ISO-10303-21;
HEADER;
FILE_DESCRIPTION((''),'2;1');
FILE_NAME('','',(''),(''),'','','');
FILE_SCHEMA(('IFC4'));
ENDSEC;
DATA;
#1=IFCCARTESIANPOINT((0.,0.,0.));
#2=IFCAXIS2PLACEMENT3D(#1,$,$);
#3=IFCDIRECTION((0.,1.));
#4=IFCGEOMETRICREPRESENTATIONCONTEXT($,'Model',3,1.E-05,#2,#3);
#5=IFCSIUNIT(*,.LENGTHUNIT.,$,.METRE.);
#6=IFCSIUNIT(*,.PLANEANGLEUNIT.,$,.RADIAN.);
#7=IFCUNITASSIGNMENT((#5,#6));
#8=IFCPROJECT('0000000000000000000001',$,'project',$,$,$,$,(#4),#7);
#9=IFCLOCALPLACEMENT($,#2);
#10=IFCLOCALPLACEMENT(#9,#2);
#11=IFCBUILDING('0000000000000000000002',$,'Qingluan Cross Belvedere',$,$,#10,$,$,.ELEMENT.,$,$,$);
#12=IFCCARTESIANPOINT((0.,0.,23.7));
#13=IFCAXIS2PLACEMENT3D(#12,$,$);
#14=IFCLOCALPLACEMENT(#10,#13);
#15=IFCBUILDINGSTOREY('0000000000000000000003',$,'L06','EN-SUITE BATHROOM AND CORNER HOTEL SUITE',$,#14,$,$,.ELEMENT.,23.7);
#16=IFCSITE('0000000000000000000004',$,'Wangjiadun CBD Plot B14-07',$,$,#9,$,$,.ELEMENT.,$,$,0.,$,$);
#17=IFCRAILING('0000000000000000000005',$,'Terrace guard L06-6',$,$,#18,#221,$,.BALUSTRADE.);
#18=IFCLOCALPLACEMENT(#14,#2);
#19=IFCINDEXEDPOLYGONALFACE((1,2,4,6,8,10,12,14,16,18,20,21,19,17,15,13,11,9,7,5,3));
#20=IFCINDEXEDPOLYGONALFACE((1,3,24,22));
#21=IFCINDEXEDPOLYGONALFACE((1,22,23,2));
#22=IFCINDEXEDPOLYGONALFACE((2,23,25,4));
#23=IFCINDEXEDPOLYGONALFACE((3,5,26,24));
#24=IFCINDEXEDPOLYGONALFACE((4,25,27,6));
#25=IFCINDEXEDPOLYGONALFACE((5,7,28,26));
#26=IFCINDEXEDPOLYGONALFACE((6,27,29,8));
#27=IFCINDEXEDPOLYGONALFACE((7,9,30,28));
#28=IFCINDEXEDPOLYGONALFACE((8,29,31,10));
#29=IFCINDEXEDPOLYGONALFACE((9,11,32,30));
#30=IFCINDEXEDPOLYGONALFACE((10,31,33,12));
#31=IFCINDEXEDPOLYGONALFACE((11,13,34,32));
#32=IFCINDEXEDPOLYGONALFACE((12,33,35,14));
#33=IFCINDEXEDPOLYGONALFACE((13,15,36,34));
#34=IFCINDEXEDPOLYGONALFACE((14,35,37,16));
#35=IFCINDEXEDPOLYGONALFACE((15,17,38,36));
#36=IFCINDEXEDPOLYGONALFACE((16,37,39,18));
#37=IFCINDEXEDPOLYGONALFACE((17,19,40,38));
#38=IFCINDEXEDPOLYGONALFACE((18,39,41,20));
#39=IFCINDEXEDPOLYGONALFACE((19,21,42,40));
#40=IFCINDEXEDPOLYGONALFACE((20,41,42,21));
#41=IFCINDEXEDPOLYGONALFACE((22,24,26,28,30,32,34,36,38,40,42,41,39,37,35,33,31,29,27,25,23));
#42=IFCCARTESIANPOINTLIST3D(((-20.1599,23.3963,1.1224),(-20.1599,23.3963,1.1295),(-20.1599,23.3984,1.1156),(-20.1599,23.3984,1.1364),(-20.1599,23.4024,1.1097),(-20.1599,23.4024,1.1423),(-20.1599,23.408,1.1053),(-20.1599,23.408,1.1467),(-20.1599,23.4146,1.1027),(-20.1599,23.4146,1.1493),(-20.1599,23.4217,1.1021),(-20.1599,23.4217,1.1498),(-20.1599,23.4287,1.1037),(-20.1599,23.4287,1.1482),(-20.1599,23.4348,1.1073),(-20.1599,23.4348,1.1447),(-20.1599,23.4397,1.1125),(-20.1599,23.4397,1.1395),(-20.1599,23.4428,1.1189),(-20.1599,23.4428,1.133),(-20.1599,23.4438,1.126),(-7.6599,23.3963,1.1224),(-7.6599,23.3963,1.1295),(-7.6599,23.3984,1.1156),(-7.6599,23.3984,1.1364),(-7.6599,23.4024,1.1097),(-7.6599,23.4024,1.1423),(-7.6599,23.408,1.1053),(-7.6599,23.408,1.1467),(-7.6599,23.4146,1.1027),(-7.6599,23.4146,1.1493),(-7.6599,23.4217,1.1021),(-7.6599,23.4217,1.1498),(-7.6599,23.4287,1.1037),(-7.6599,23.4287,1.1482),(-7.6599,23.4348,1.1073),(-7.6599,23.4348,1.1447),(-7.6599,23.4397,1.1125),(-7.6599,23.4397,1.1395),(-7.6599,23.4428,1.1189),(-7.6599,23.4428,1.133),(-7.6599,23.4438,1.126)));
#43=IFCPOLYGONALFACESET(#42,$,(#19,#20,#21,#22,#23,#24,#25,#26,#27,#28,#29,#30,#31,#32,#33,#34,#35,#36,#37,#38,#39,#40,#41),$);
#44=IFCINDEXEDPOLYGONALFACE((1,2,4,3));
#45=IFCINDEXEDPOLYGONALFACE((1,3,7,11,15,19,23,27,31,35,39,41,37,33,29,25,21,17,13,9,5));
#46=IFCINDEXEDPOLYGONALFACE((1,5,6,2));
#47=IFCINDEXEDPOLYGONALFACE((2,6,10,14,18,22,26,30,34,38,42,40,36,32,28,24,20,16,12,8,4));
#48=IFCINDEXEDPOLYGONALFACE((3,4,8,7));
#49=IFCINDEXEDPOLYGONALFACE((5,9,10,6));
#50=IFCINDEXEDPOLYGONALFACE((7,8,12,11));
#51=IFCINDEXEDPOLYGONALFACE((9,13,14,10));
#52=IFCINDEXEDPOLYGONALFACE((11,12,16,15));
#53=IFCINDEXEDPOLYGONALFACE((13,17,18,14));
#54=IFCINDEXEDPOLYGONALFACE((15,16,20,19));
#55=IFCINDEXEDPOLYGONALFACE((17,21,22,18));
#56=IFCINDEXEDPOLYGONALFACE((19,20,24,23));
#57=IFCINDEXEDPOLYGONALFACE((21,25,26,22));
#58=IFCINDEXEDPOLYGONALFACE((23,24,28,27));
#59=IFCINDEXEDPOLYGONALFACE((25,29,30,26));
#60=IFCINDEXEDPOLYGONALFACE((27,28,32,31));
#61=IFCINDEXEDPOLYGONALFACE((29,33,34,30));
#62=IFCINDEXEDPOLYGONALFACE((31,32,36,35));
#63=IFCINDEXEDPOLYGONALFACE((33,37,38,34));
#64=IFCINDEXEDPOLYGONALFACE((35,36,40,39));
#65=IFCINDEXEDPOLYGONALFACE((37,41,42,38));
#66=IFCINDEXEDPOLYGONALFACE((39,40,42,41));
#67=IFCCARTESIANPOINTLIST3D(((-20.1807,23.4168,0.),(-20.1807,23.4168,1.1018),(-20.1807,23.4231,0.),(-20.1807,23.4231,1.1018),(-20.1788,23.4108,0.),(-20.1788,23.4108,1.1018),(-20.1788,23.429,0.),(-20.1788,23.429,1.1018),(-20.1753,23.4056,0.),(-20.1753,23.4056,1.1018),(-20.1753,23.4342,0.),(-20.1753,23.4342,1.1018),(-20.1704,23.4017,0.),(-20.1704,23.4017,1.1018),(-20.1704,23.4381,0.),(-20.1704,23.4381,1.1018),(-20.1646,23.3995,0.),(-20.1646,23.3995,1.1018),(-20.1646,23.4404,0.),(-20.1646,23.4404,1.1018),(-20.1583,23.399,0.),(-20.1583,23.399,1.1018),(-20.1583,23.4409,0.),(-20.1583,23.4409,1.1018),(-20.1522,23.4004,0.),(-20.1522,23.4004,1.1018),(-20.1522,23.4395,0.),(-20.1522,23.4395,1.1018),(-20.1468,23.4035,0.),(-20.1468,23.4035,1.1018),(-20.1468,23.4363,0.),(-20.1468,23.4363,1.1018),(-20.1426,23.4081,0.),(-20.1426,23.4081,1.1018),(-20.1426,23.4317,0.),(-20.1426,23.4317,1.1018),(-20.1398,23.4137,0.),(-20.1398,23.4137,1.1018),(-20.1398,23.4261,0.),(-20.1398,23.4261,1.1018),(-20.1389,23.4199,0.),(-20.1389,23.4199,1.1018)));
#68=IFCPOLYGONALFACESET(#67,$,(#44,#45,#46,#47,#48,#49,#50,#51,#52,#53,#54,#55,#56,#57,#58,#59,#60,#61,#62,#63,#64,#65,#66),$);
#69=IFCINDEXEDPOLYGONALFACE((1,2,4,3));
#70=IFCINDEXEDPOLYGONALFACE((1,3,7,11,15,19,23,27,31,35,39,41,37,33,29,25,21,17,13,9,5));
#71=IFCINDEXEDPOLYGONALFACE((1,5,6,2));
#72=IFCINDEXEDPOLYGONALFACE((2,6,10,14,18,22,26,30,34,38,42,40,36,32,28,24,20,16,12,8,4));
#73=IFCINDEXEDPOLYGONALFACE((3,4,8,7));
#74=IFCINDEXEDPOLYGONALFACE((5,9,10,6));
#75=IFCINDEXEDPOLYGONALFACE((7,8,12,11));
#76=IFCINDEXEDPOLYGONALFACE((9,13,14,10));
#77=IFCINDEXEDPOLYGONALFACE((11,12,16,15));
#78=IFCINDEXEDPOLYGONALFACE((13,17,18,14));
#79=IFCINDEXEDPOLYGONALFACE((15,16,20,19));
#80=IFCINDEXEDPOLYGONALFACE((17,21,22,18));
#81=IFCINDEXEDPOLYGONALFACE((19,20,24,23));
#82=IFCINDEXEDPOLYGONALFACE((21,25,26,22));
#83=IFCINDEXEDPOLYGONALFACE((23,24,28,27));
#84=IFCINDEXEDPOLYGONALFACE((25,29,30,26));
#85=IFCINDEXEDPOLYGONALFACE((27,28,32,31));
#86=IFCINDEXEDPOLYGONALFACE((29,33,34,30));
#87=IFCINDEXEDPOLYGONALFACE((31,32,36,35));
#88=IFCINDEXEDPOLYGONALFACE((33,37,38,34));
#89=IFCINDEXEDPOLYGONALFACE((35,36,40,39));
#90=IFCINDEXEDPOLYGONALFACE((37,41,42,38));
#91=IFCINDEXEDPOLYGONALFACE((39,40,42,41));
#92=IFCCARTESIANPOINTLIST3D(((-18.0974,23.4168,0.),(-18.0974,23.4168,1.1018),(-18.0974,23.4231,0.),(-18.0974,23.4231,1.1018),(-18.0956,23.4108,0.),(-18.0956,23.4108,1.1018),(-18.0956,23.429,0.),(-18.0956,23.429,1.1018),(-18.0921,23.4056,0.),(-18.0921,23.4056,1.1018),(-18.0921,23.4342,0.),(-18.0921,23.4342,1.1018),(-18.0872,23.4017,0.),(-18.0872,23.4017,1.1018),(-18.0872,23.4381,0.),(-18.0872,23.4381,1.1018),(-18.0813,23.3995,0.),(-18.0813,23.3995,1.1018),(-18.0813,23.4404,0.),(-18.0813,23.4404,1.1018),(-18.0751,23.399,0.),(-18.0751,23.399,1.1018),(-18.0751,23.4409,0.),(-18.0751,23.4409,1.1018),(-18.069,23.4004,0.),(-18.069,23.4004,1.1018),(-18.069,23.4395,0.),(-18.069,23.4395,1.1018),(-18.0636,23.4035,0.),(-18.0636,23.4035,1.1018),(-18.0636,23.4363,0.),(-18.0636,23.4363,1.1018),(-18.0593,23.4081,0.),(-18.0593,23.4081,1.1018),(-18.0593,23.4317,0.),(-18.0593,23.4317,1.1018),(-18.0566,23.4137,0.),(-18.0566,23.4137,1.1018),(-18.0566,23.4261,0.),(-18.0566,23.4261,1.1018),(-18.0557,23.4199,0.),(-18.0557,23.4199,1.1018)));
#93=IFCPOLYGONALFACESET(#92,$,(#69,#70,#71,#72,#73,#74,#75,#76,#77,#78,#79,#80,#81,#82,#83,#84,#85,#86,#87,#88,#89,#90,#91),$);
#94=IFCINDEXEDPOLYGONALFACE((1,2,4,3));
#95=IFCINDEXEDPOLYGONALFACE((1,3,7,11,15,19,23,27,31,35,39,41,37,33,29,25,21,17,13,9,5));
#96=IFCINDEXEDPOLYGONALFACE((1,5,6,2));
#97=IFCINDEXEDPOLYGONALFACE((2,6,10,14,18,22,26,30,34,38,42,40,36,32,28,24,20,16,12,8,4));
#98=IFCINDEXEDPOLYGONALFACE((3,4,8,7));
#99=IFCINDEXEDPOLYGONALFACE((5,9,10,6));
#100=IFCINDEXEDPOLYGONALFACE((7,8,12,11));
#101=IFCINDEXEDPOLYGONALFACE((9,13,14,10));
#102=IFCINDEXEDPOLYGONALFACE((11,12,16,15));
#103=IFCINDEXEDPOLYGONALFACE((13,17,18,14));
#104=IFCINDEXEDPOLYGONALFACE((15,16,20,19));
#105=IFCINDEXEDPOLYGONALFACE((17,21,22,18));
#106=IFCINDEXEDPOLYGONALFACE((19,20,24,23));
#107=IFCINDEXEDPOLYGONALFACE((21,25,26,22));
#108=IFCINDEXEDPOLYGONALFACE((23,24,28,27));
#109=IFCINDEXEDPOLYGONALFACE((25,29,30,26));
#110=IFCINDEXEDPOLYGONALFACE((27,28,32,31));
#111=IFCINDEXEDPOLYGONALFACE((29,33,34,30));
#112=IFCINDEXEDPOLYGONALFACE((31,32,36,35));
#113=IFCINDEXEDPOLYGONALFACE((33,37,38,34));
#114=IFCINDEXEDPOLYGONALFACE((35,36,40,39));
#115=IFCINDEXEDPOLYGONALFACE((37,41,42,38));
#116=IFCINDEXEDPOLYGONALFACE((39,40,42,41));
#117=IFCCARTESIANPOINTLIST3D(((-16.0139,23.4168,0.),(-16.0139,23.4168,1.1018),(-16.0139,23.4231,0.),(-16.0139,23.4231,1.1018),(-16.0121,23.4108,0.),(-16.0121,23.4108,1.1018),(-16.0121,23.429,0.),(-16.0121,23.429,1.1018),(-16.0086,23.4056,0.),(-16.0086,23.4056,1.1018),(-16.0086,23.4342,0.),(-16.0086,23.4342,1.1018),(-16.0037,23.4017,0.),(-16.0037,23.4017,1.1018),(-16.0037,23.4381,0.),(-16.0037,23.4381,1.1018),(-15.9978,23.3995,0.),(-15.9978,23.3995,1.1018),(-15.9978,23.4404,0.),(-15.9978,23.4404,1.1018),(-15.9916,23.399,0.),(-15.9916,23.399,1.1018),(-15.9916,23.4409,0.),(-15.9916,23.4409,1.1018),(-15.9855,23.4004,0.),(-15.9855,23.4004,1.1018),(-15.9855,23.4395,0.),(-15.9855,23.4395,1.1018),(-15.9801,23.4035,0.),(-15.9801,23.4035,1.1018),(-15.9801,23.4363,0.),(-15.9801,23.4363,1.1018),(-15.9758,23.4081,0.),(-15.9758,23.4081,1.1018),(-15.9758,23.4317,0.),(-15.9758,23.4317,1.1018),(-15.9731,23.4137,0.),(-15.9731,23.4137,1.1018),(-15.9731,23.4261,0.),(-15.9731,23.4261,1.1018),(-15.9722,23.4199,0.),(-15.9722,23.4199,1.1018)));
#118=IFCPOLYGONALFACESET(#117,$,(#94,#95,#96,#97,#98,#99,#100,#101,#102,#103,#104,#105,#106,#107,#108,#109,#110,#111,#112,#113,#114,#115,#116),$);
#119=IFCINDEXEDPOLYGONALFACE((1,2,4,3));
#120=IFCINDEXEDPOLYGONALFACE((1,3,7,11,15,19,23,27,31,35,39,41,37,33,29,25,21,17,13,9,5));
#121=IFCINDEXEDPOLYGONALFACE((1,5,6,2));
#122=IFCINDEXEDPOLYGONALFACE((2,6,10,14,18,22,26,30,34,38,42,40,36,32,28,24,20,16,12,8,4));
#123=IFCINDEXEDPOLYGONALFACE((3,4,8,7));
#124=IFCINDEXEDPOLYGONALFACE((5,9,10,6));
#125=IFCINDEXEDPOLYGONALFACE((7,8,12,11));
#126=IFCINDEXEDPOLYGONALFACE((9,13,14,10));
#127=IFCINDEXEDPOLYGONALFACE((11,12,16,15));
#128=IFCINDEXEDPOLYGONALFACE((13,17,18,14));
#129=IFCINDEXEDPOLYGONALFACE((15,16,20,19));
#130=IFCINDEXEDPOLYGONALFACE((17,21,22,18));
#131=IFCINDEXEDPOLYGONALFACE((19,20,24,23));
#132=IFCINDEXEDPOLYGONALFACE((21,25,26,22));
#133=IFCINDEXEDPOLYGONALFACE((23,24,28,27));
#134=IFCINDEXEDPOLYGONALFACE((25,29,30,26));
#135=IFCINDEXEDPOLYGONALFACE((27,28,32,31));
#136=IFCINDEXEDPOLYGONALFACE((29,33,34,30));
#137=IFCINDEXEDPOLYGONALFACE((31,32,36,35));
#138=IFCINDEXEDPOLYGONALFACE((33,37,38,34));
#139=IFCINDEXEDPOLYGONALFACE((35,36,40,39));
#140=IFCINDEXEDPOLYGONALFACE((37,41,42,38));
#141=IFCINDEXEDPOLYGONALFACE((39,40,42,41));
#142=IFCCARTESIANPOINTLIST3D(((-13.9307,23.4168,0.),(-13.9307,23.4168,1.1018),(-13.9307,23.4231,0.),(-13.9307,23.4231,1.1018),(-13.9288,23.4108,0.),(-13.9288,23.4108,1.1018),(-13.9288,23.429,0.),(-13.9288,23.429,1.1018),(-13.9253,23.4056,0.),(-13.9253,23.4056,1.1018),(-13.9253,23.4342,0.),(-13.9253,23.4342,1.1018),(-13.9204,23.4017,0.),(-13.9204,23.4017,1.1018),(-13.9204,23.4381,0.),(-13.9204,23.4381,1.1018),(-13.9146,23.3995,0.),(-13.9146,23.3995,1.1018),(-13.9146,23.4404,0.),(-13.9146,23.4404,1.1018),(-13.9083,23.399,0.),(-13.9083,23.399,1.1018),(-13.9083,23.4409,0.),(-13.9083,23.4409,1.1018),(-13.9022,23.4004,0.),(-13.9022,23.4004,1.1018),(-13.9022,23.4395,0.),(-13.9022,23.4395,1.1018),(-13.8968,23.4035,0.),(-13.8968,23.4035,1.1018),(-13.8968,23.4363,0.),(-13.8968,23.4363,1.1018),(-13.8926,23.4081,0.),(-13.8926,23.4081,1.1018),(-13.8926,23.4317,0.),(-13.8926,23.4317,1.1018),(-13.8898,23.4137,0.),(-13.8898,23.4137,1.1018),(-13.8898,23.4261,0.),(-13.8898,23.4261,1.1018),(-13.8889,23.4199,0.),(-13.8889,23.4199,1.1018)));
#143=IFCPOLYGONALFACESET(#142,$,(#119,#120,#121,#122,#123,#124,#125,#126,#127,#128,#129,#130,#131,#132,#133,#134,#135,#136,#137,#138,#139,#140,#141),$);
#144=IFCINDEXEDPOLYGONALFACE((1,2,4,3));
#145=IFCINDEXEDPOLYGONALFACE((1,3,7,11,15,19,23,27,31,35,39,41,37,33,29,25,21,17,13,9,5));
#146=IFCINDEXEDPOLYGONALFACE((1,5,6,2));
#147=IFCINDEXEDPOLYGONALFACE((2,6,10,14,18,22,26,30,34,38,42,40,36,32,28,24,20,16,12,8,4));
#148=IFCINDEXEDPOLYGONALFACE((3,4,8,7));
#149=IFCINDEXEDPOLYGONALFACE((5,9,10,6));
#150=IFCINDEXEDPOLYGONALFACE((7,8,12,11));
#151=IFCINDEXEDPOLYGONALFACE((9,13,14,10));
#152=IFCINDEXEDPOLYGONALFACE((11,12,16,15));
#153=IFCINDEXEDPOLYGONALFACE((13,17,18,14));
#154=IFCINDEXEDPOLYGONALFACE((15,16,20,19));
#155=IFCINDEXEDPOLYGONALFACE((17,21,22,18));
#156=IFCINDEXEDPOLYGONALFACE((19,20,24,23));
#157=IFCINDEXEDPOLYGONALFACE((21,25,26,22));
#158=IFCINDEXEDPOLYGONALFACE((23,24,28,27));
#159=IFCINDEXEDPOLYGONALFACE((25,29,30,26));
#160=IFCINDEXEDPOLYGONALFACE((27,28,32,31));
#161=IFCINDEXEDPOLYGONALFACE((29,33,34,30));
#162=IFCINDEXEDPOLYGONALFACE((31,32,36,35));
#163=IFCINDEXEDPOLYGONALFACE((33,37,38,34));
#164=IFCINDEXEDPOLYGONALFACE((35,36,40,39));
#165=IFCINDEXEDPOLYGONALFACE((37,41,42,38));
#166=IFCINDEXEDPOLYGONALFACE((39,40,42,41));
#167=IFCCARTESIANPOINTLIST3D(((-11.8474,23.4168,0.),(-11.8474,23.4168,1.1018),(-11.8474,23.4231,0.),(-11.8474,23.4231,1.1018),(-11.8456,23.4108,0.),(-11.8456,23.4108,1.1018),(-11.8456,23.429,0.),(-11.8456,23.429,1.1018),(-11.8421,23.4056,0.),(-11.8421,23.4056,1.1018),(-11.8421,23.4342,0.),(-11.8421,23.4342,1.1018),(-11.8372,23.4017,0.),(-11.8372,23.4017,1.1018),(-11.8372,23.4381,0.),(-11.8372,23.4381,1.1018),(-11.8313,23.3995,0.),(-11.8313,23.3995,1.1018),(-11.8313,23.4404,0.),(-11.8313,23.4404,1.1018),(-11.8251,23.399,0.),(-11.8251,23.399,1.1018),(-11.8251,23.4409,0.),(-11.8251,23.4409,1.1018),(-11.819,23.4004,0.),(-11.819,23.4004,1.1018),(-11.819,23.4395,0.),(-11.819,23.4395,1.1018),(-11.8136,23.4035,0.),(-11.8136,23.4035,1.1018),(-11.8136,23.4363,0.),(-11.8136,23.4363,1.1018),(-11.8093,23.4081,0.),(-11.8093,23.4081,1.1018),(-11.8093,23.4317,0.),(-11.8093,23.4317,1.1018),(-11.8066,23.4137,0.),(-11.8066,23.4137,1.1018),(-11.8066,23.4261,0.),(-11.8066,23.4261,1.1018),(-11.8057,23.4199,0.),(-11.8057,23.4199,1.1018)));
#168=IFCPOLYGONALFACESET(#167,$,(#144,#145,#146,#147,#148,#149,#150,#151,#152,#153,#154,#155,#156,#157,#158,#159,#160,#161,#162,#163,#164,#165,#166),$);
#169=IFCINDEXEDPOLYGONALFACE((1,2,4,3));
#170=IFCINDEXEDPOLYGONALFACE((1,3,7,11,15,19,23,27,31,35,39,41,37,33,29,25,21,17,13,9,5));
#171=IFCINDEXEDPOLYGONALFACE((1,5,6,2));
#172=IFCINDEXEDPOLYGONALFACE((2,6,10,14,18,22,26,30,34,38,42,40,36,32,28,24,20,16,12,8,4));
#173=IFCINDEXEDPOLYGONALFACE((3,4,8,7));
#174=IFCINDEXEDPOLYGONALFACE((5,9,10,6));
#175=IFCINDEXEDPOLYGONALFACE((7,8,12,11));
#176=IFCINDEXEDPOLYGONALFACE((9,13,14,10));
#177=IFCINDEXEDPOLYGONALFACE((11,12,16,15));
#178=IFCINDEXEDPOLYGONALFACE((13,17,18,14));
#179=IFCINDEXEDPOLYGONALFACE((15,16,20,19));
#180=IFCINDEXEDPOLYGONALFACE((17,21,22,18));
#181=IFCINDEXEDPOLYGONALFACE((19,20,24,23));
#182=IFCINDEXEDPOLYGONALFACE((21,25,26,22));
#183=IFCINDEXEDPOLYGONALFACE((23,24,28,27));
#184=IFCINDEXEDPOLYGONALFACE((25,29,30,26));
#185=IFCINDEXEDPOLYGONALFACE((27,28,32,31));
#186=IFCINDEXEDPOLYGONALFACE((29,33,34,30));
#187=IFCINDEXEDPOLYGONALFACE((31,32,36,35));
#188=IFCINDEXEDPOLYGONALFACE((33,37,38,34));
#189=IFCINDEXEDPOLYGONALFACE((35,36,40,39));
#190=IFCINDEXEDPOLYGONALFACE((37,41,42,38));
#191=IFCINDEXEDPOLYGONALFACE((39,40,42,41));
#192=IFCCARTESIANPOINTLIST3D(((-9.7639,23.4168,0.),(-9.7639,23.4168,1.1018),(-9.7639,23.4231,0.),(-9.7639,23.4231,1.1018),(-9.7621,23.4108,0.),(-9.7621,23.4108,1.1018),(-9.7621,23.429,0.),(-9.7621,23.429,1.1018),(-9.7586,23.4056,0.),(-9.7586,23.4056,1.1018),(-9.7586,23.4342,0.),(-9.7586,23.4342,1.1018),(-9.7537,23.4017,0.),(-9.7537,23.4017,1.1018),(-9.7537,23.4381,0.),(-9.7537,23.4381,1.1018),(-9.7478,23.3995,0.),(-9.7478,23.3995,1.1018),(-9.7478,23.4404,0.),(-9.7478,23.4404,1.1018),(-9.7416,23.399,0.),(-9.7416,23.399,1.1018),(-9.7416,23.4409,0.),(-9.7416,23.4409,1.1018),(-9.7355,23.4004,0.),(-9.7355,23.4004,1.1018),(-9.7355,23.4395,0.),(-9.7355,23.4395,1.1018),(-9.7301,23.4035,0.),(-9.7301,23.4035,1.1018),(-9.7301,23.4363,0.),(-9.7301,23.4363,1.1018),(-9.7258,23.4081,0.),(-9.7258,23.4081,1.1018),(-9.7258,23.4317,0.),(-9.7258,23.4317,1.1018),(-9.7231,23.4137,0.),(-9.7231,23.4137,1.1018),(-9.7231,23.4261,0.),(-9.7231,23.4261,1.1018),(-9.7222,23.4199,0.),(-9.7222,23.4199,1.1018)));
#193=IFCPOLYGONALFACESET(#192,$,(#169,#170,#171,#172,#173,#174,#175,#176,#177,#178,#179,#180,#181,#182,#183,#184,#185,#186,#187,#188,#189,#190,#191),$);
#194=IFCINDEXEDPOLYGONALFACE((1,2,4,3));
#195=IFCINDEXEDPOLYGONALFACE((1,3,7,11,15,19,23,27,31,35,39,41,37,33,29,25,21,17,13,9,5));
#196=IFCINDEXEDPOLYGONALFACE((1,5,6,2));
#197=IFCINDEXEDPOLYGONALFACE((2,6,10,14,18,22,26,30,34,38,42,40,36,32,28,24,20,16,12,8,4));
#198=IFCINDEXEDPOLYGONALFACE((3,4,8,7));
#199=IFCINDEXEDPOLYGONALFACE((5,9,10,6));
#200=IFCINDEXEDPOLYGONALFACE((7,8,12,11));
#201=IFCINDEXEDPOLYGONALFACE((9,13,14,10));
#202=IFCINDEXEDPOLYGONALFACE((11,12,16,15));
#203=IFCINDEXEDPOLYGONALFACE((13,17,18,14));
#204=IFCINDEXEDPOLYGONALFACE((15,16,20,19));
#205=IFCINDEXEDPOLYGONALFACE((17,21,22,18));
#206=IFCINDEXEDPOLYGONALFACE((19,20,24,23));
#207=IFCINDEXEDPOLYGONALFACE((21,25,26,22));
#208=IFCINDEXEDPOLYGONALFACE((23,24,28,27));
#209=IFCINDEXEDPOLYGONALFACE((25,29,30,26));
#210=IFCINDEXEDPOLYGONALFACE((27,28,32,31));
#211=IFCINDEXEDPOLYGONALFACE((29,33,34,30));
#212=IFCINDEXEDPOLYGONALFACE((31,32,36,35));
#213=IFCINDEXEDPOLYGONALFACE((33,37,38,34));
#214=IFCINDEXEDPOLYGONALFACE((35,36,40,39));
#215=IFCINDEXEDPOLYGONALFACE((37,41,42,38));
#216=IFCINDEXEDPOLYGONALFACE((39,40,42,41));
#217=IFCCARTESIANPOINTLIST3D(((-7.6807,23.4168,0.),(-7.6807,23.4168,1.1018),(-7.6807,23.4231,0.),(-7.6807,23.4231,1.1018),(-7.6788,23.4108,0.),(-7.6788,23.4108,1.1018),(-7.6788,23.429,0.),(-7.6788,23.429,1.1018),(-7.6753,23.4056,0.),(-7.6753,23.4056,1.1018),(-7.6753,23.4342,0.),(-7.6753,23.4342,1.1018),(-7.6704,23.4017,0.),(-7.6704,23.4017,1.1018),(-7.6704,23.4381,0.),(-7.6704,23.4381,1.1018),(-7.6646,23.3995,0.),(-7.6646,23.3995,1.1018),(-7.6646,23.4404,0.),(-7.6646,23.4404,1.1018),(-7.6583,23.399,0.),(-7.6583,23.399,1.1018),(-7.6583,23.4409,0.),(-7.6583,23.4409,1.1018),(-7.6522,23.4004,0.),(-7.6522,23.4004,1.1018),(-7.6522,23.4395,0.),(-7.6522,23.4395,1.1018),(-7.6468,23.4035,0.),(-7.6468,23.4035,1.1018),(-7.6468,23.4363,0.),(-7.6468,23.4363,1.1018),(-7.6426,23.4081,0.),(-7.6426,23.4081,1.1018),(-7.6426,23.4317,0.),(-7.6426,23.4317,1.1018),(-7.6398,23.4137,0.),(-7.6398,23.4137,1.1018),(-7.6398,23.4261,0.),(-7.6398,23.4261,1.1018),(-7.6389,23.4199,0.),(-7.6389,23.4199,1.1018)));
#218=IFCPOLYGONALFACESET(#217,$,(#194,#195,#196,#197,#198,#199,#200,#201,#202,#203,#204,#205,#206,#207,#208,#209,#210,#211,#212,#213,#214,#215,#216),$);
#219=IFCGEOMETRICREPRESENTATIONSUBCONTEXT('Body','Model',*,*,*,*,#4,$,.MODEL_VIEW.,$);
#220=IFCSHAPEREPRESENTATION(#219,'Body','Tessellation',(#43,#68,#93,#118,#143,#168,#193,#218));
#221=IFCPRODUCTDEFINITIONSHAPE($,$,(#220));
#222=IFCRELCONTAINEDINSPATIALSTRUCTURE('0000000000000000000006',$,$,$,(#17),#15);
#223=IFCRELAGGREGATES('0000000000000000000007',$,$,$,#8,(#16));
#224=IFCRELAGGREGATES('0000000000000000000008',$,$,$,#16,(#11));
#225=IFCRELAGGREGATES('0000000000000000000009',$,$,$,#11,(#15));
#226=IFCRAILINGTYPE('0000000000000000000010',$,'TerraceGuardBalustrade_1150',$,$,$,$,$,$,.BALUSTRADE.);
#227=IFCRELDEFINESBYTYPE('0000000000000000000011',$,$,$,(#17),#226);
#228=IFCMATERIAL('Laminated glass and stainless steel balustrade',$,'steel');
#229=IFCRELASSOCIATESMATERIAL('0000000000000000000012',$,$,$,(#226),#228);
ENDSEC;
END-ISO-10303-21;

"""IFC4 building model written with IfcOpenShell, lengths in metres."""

from ifc_helpers import new_model, si_unit, direction, frame, origin, origin_2d, place, context, subcontext, project, spatial, circle, extrude, material, type_object, element, save


model = new_model("IFC4")

# Units and contexts
model_context = context("Model", 3, precision=1e-05, world=origin(), true_north=direction((0.0, 1.0)))
body_context = subcontext(model_context, "Body", "Model", "MODEL_VIEW")
ifc_project = project(units=[si_unit("LENGTHUNIT", "METRE"), si_unit("PLANEANGLEUNIT", "RADIAN")], contexts=[model_context])

# Site, building, storey
site_placement = place(None, origin())
site = spatial("IfcSite", under=ifc_project, at=site_placement, Name="Wangjiadun CBD Plot B14-07", CompositionType="ELEMENT", RefElevation=0.0)
building_placement = place(site_placement, origin())
building = spatial("IfcBuilding", under=site, at=building_placement, Name="Qingluan Cross Belvedere", CompositionType="ELEMENT")
storey_placement = place(building_placement, frame((0.0, 0.0, 23.7)))
storey = spatial("IfcBuildingStorey", under=building, at=storey_placement, Name="L06", Description="EN-SUITE BATHROOM AND CORNER HOTEL SUITE", CompositionType="ELEMENT", Elevation=23.7)

# Railing
ifc_material_1 = material(Name="Laminated glass and stainless steel balustrade", Category="steel")
railing_type = type_object("IfcRailingType", Name="TerraceGuardBalustrade_1150", PredefinedType="BALUSTRADE", material=ifc_material_1)
railing_1_placement = place(storey_placement, frame((-20.1599, 23.4199, 0.0)))
element("IfcRailing", 1, at=railing_1_placement, inside=storey, type_object=railing_type, Name="Terrace guard L06-6", PredefinedType="BALUSTRADE", context=body_context, shape_type="SweptSolid", body=[
    extrude(circle(Radius=0.0239, at=origin_2d()), frame((0.0, 0.0, 1.126), z_axis=(1.0, 0.0, 0.0), x_axis=(0.0, 1.0, 0.0)), (0.0, 0.0, 1.0), 12.5),
    extrude(circle(Radius=0.021, at=origin_2d()), origin(), (0.0, 0.0, 1.0), 1.1018),
    extrude(circle(Radius=0.021, at=origin_2d()), frame((2.0833, 0.0, 0.0)), (0.0, 0.0, 1.0), 1.1018),
    extrude(circle(Radius=0.021, at=origin_2d()), frame((4.1667, 0.0, 0.0)), (0.0, 0.0, 1.0), 1.1018),
    extrude(circle(Radius=0.021, at=origin_2d()), frame((6.25, 0.0, 0.0)), (0.0, 0.0, 1.0), 1.1018),
    extrude(circle(Radius=0.021, at=origin_2d()), frame((8.3333, 0.0, 0.0)), (0.0, 0.0, 1.0), 1.1018),
    extrude(circle(Radius=0.021, at=origin_2d()), frame((10.4167, 0.0, 0.0)), (0.0, 0.0, 1.0), 1.1018),
    extrude(circle(Radius=0.021, at=origin_2d()), frame((12.5, 0.0, 0.0)), (0.0, 0.0, 1.0), 1.1018),
])

save(model, "model.ifc")
